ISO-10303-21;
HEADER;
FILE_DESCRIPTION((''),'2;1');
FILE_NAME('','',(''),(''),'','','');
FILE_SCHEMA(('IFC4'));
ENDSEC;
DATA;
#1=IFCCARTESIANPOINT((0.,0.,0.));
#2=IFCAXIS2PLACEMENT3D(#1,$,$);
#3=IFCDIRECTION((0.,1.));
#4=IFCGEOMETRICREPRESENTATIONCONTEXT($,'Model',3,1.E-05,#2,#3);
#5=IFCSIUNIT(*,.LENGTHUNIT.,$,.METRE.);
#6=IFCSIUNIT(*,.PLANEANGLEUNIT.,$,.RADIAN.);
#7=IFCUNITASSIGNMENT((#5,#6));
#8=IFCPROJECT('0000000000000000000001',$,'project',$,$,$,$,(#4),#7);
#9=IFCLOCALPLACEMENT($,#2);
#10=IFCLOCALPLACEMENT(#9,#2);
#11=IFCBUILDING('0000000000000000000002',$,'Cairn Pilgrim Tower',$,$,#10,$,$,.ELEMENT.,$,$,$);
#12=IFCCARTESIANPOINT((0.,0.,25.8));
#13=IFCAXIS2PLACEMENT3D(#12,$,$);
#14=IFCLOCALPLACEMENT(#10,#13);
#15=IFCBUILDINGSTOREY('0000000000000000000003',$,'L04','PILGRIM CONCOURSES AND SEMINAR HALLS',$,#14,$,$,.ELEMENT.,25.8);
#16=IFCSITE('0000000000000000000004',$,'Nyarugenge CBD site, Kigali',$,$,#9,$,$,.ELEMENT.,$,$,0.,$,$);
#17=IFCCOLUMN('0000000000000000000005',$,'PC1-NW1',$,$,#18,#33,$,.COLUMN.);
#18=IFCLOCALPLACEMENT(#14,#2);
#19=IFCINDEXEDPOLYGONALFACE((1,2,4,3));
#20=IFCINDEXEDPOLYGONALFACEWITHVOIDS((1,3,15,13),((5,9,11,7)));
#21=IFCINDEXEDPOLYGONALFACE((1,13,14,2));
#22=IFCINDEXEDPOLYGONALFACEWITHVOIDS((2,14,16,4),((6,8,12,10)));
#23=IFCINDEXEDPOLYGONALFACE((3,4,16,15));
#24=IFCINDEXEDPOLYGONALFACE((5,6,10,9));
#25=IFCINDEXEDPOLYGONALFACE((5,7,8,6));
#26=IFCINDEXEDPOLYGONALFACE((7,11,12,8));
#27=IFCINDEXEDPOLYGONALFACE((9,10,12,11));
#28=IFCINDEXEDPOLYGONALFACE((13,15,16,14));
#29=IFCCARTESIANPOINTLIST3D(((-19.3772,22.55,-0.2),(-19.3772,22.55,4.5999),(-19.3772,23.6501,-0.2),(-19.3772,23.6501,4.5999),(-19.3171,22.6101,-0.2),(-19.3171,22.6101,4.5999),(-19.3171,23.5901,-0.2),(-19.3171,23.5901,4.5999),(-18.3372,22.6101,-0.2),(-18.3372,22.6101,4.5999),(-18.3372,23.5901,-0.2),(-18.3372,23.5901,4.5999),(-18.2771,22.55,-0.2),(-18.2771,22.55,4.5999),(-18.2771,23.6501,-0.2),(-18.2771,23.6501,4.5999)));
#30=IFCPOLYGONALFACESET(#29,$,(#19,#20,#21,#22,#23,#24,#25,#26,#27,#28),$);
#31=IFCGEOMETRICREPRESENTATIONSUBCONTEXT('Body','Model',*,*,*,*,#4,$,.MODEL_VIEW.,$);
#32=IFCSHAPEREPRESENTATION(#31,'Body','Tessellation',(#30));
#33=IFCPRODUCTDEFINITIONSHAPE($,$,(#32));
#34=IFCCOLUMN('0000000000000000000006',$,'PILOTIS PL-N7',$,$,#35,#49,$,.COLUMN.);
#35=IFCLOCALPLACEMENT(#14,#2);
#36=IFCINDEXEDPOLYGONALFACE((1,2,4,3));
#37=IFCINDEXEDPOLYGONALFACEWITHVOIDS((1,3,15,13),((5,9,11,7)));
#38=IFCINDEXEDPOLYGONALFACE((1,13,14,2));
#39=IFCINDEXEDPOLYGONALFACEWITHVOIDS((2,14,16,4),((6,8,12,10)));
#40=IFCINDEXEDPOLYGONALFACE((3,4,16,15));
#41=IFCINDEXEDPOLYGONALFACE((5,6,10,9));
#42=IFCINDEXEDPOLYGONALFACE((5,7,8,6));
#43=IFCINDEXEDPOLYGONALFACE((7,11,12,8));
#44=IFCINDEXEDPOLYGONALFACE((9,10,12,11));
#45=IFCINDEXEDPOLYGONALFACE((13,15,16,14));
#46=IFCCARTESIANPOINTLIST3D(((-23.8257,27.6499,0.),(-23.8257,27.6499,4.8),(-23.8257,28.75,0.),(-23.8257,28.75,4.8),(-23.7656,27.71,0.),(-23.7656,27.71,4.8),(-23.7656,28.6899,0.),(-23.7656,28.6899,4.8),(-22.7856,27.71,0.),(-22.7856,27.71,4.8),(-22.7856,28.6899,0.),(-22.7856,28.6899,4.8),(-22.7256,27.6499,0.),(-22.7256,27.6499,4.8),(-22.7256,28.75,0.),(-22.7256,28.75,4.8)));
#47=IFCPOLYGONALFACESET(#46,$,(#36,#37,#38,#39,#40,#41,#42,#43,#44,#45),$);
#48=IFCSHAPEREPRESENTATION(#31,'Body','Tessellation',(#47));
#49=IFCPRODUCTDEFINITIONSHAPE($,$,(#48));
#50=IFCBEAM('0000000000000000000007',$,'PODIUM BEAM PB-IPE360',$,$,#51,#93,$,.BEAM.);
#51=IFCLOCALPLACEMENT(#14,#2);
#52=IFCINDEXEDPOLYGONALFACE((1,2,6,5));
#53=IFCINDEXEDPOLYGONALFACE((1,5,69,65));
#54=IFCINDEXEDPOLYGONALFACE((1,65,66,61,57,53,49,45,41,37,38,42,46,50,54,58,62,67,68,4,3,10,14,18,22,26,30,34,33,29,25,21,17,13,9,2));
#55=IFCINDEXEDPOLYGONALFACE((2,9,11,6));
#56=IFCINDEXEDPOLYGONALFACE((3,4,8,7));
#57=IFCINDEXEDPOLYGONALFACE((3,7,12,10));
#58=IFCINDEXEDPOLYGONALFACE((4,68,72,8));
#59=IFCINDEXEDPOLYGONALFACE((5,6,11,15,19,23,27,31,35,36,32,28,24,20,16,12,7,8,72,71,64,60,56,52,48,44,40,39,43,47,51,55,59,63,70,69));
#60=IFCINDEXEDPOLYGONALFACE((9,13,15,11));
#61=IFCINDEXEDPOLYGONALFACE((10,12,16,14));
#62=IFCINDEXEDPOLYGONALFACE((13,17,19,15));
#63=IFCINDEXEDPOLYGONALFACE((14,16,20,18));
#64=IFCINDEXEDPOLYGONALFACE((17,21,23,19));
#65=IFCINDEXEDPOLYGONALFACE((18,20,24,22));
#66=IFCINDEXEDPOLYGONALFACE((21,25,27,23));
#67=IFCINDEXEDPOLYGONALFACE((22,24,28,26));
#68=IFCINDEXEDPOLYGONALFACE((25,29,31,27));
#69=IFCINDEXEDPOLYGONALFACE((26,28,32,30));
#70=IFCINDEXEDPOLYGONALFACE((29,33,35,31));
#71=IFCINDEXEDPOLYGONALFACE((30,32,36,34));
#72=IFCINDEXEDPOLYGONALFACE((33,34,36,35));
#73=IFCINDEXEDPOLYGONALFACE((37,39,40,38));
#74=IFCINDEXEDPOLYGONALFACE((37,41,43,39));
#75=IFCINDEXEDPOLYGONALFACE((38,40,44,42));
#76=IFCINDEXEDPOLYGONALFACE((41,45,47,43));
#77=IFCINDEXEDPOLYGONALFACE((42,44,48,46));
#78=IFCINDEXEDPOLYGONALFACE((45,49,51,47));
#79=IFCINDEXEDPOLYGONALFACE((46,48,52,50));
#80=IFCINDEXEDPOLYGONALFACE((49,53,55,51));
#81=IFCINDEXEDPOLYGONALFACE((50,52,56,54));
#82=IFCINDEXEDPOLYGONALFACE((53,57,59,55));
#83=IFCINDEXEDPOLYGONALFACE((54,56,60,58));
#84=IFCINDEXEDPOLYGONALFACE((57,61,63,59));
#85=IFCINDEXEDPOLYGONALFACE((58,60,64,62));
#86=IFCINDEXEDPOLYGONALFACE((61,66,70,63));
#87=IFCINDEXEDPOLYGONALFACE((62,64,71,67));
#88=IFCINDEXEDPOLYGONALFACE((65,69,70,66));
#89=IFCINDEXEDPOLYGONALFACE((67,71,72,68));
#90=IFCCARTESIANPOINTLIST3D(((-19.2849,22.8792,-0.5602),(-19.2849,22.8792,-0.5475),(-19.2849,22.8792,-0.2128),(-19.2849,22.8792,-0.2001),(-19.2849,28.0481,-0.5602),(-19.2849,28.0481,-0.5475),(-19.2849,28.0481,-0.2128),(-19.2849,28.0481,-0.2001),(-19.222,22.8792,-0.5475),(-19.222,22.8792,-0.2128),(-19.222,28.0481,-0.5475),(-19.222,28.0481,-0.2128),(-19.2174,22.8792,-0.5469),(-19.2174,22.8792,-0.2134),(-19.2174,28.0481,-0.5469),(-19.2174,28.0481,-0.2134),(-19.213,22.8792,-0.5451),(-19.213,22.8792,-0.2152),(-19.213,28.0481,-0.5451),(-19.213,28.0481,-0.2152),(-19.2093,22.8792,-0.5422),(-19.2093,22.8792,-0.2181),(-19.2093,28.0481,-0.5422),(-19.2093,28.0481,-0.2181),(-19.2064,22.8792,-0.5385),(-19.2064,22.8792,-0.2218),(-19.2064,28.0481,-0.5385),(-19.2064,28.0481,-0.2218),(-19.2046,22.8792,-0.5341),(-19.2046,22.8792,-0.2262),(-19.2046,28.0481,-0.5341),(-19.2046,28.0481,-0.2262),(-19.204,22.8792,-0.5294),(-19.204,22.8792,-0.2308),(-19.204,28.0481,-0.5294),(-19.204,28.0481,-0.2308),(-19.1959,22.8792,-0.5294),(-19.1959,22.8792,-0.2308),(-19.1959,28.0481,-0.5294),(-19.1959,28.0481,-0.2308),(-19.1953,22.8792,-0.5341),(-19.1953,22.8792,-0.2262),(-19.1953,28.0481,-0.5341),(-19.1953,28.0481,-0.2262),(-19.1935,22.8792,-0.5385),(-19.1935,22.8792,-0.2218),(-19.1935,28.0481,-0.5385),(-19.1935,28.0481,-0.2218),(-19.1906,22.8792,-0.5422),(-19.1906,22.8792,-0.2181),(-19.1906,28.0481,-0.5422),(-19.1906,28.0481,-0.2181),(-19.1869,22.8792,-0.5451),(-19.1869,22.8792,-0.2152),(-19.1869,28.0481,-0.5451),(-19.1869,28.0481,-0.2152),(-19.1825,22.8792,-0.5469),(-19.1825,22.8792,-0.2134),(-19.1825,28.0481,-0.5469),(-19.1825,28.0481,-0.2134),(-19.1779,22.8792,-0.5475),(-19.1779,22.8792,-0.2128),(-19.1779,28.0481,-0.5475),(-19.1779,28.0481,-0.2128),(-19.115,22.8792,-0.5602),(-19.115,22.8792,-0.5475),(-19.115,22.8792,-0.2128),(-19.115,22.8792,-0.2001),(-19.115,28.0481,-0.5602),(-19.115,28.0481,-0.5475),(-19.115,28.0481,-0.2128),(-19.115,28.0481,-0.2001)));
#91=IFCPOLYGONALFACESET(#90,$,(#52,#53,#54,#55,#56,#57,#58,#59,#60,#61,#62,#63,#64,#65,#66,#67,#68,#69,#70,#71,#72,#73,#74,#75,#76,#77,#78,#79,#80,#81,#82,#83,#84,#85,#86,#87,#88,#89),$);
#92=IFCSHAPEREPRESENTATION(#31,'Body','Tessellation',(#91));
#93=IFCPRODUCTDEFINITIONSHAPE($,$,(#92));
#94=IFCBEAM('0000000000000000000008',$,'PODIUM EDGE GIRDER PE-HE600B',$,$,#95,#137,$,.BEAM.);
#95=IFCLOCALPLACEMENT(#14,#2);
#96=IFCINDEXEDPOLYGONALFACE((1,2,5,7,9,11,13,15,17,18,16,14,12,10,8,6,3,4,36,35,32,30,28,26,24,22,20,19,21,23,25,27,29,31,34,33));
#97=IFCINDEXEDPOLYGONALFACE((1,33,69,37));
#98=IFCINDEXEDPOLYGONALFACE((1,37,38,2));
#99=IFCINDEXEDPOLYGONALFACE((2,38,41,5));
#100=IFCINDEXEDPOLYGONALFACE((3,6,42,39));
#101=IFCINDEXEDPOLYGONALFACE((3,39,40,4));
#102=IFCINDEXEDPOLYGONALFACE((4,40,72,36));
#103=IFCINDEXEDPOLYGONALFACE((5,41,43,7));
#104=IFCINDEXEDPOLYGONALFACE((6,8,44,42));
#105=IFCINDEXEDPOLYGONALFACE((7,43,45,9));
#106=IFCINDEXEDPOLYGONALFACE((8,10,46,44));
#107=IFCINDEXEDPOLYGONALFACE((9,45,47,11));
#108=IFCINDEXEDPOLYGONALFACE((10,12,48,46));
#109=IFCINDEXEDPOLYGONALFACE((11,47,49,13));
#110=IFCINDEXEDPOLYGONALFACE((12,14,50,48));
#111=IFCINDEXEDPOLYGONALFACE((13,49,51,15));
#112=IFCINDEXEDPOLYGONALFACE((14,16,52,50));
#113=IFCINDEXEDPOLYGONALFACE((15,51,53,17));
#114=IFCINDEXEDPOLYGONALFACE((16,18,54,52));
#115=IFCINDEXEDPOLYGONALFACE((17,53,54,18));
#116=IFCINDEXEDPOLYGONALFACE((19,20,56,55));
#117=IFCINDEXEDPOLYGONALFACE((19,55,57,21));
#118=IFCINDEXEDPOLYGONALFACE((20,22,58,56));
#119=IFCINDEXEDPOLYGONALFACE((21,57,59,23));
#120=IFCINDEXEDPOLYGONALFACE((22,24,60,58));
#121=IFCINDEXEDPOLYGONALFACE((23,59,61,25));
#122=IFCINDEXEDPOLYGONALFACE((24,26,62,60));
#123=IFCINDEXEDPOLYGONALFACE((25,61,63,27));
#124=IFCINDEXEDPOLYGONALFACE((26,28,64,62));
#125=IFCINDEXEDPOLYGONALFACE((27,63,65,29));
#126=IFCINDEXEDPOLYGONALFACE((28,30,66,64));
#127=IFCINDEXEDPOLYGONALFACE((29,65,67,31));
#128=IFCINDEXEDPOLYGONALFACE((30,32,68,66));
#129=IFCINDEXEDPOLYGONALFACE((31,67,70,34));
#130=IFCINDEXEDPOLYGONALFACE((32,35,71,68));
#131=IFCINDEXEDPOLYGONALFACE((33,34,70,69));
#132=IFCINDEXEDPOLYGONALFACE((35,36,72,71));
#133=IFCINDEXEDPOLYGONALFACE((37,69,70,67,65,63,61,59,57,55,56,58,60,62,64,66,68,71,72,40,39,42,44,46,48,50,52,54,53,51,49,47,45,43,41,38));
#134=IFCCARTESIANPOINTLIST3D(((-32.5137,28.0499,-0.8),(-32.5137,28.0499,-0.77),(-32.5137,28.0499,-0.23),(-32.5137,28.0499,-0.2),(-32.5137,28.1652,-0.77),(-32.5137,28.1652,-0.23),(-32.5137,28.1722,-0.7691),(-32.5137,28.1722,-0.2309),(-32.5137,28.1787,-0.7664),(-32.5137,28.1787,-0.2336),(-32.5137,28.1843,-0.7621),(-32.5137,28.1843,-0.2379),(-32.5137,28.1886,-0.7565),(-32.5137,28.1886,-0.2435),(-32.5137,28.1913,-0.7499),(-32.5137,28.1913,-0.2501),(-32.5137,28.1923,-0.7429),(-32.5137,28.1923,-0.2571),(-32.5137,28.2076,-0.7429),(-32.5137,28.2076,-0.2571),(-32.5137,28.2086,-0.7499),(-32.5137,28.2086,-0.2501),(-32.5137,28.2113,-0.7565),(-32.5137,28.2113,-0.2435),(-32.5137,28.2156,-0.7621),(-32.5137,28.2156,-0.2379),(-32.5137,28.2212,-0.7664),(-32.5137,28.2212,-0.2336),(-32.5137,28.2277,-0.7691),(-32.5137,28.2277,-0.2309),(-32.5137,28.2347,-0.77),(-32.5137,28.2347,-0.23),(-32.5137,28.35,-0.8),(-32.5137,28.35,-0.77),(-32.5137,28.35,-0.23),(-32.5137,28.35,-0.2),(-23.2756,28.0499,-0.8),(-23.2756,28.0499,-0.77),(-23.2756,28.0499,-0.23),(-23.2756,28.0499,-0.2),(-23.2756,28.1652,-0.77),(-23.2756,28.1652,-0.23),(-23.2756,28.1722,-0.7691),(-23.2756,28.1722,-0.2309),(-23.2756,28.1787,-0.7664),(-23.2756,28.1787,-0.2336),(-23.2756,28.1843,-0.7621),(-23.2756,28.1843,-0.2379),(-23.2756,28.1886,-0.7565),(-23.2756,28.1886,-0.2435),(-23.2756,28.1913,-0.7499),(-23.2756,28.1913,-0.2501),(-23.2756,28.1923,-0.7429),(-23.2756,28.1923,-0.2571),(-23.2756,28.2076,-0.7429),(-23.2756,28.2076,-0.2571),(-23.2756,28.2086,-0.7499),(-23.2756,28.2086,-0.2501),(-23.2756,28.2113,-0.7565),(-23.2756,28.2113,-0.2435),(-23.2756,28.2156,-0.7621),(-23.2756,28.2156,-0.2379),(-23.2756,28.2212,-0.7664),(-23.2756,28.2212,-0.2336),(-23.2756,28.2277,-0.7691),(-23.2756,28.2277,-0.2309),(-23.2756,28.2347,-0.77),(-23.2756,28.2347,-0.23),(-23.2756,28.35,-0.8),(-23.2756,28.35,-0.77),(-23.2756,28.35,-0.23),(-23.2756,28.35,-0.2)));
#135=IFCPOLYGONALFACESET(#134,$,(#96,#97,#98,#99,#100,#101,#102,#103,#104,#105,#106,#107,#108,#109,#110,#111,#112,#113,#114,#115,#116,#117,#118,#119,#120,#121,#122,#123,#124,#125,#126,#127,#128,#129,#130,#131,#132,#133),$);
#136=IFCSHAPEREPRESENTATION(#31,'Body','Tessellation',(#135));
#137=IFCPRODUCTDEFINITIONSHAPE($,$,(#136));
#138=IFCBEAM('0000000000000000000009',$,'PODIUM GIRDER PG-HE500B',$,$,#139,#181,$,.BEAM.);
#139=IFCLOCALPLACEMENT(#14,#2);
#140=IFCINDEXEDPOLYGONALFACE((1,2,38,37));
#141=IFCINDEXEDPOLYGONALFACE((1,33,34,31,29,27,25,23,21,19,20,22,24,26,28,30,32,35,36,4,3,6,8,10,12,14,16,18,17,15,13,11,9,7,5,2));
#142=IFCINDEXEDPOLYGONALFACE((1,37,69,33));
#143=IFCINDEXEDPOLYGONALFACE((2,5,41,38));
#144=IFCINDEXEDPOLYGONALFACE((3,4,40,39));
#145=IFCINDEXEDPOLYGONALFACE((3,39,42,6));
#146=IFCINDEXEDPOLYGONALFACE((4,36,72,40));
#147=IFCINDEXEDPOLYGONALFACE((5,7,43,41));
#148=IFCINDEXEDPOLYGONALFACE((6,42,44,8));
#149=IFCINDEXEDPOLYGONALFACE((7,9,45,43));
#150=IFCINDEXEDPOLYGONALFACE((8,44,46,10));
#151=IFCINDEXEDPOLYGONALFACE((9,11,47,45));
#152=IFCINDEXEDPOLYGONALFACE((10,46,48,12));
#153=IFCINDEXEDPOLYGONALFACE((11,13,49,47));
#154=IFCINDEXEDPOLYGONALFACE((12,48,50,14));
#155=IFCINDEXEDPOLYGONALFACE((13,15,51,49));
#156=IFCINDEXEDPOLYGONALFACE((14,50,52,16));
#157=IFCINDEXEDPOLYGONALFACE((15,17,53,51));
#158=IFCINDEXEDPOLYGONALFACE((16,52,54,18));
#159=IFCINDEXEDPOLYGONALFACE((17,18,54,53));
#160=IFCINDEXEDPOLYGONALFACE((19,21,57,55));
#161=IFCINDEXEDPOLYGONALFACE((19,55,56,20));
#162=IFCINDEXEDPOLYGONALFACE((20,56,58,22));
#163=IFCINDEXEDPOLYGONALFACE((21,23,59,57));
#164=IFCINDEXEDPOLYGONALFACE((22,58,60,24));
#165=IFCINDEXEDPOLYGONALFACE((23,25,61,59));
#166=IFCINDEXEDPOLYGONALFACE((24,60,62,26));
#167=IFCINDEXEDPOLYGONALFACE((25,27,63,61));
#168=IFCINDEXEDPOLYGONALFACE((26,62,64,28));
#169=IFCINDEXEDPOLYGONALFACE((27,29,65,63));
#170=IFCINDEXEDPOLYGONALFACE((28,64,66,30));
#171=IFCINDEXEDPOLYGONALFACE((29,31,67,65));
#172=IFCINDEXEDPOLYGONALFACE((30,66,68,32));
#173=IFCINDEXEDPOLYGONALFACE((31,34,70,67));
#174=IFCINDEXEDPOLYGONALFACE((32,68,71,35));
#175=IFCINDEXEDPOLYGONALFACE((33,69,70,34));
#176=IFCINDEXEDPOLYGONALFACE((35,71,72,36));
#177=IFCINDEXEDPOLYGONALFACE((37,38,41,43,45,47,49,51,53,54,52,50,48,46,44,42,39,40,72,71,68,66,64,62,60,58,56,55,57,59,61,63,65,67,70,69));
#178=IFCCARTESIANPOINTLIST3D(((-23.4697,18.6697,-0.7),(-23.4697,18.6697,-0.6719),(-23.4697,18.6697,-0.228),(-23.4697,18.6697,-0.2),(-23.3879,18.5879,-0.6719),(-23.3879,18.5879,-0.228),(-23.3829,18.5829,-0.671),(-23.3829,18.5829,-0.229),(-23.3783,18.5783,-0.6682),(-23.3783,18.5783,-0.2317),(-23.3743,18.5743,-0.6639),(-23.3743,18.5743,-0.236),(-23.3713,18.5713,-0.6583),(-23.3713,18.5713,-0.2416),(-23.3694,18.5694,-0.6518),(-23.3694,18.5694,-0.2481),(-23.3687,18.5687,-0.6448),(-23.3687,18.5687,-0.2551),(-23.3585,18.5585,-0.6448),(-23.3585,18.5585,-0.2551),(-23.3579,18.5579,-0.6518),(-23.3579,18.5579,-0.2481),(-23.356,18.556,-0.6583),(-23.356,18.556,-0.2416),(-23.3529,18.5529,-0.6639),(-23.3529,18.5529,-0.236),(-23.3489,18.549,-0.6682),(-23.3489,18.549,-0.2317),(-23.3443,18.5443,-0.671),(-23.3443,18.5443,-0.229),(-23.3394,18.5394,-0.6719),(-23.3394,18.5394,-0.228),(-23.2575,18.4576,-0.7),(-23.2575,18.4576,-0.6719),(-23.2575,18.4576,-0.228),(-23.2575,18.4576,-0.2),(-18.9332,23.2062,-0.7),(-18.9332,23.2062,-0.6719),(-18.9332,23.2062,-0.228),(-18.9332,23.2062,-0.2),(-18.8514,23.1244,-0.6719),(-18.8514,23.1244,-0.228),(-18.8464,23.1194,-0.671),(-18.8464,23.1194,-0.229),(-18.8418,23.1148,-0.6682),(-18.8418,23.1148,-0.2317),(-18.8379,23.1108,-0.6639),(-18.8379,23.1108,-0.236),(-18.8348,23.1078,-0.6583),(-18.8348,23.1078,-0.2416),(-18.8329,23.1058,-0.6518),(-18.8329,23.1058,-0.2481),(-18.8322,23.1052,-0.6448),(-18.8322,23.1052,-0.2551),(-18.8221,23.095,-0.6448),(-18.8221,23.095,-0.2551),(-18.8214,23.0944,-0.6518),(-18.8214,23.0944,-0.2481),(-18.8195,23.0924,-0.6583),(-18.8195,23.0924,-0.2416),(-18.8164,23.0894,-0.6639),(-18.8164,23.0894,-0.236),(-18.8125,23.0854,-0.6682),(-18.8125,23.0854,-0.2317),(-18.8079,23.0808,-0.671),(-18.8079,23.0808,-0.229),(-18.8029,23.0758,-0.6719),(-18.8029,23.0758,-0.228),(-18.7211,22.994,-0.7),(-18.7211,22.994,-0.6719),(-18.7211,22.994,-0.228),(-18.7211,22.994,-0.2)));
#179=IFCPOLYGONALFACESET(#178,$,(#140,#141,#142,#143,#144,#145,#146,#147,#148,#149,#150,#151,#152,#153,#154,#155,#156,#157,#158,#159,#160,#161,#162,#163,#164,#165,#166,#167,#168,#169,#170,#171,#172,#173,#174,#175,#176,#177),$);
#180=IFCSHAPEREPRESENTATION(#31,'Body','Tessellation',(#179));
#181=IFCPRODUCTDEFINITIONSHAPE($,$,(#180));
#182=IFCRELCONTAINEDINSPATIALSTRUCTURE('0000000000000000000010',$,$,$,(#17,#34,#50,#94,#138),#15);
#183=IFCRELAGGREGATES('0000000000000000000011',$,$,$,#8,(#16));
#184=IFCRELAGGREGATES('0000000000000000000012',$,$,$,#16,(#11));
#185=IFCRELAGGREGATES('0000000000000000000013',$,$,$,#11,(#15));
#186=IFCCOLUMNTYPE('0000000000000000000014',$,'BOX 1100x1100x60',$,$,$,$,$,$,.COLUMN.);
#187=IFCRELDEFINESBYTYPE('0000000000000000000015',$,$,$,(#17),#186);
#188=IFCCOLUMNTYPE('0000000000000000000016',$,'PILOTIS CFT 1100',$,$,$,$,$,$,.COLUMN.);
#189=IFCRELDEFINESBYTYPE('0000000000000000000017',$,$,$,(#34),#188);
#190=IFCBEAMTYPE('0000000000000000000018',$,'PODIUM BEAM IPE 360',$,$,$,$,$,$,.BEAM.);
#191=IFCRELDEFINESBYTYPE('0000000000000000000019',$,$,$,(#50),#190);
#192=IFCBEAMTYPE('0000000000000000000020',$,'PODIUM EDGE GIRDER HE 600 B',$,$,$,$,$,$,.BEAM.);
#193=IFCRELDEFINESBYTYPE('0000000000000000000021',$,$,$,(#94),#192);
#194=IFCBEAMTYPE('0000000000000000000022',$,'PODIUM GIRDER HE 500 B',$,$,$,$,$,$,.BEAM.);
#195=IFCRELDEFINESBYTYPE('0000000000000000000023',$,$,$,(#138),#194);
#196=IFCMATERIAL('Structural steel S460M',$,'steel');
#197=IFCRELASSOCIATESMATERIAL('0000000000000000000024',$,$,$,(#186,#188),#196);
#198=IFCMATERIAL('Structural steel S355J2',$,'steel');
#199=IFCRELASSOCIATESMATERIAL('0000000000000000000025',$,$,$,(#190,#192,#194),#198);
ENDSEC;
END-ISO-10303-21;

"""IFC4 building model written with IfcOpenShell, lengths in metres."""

from ifc_helpers import new_model, si_unit, direction, frame, origin, origin_2d, place, context, subcontext, project, spatial, hollow_rectangle, i_section, extrude, material, material_profile, profile_set, type_object, element, save


model = new_model("IFC4")

# Units and contexts
model_context = context("Model", 3, precision=1e-05, world=origin(), true_north=direction((0.0, 1.0)))
body_context = subcontext(model_context, "Body", "Model", "MODEL_VIEW")
ifc_project = project(units=[si_unit("LENGTHUNIT", "METRE"), si_unit("PLANEANGLEUNIT", "RADIAN")], contexts=[model_context])

# Site, building, storey
site_placement = place(None, origin())
site = spatial("IfcSite", under=ifc_project, at=site_placement, Name="Nyarugenge CBD site, Kigali", CompositionType="ELEMENT", RefElevation=0.0)
building_placement = place(site_placement, origin())
building = spatial("IfcBuilding", under=site, at=building_placement, Name="Cairn Pilgrim Tower", CompositionType="ELEMENT")
storey_placement = place(building_placement, frame((0.0, 0.0, 25.8)))
storey = spatial("IfcBuildingStorey", under=building, at=storey_placement, Name="L04", Description="PILGRIM CONCOURSES AND SEMINAR HALLS", CompositionType="ELEMENT", Elevation=25.8)

# Columns
ifc_material_1 = material(Name="Structural steel S460M", Category="steel")
ifc_material_profile_1 = material_profile(ifc_material_1, hollow_rectangle(XDim=1.1001, YDim=1.1001, WallThickness=0.0601, at=origin_2d()), Name="BOX 1100x1100x60")
ifc_profile_set_1 = profile_set([ifc_material_profile_1], Name="Structural steel S460M")
column_type_1 = type_object("IfcColumnType", Name="BOX 1100x1100x60", PredefinedType="COLUMN", material=ifc_profile_set_1)
column_1_placement = place(storey_placement, frame((-18.8271, 23.1001, -0.2), z_axis=(0.0, 0.0, 1.0), x_axis=(1.0, 0.0, 0.0)))
element("IfcColumn", 1, at=column_1_placement, inside=storey, type_object=column_type_1, Name="PC1-NW1", PredefinedType="COLUMN", context=body_context, shape_type="SweptSolid", body=[
    extrude(hollow_rectangle(XDim=1.1001, YDim=1.1001, WallThickness=0.0601, at=origin_2d()), origin(), (0.0, 0.0, 1.0), 4.7998),
])
ifc_material_profile_2 = material_profile(ifc_material_1, hollow_rectangle(XDim=1.1001, YDim=1.1001, WallThickness=0.0601, at=origin_2d()), Name="BOX 1100x1100x60")
ifc_profile_set_2 = profile_set([ifc_material_profile_2], Name="Structural steel S460M")
column_type_2 = type_object("IfcColumnType", Name="PILOTIS CFT 1100", PredefinedType="COLUMN", material=ifc_profile_set_2)
column_2_placement = place(storey_placement, frame((-23.2756, 28.2, 0.0), z_axis=(0.0, 0.0, 1.0), x_axis=(1.0, 0.0, 0.0)))
element("IfcColumn", 2, at=column_2_placement, inside=storey, type_object=column_type_2, Name="PILOTIS PL-N7", PredefinedType="COLUMN", context=body_context, shape_type="SweptSolid", body=[
    extrude(hollow_rectangle(XDim=1.1001, YDim=1.1001, WallThickness=0.0601, at=origin_2d()), origin(), (0.0, 0.0, 1.0), 4.8),
])

# Beams
ifc_material_2 = material(Name="Structural steel S355J2", Category="steel")
ifc_material_profile_3 = material_profile(ifc_material_2, i_section(OverallWidth=0.1699, OverallDepth=0.3601, WebThickness=0.0081, FlangeThickness=0.0127, FilletRadius=0.0181, at=origin_2d()), Name="IPE 360")
ifc_profile_set_3 = profile_set([ifc_material_profile_3], Name="Structural steel S355J2")
beam_type_1 = type_object("IfcBeamType", Name="PODIUM BEAM IPE 360", PredefinedType="BEAM", material=ifc_profile_set_3)
beam_1_placement = place(storey_placement, frame((-19.2, 22.8792, -0.3801), z_axis=(0.0, 1.0, 0.0), x_axis=(-1.0, 0.0, 0.0)))
element("IfcBeam", 3, at=beam_1_placement, inside=storey, type_object=beam_type_1, Name="PODIUM BEAM PB-IPE360", PredefinedType="BEAM", context=body_context, shape_type="SweptSolid", body=[
    extrude(i_section(OverallWidth=0.1699, OverallDepth=0.3601, WebThickness=0.0081, FlangeThickness=0.0127, FilletRadius=0.0181, at=origin_2d()), origin(), (0.0, 0.0, 1.0), 5.1689),
])
ifc_material_profile_4 = material_profile(ifc_material_2, i_section(OverallWidth=0.3, OverallDepth=0.6001, WebThickness=0.0154, FlangeThickness=0.03, FilletRadius=0.0271, at=origin_2d()), Name="HEB 600")
ifc_profile_set_4 = profile_set([ifc_material_profile_4], Name="Structural steel S355J2")
beam_type_2 = type_object("IfcBeamType", Name="PODIUM EDGE GIRDER HE 600 B", PredefinedType="BEAM", material=ifc_profile_set_4)
beam_2_placement = place(storey_placement, frame((-23.2756, 28.2, -0.5), z_axis=(-1.0, 0.0, 0.0), x_axis=(0.0, -1.0, 0.0)))
element("IfcBeam", 4, at=beam_2_placement, inside=storey, type_object=beam_type_2, Name="PODIUM EDGE GIRDER PE-HE600B", PredefinedType="BEAM", context=body_context, shape_type="SweptSolid", body=[
    extrude(i_section(OverallWidth=0.3, OverallDepth=0.6001, WebThickness=0.0154, FlangeThickness=0.03, FilletRadius=0.0271, at=origin_2d()), origin(), (0.0, 0.0, 1.0), 9.238),
])
ifc_material_profile_5 = material_profile(ifc_material_2, i_section(OverallWidth=0.3, OverallDepth=0.5, WebThickness=0.0144, FlangeThickness=0.0281, FilletRadius=0.0271, at=origin_2d()), Name="HEB 500")
ifc_profile_set_5 = profile_set([ifc_material_profile_5], Name="Structural steel S355J2")
beam_type_3 = type_object("IfcBeamType", Name="PODIUM GIRDER HE 500 B", PredefinedType="BEAM", material=ifc_profile_set_5)
beam_3_placement = place(storey_placement, frame((-18.8271, 23.1001, -0.45), z_axis=(-0.707107, -0.707107, 0.0), x_axis=(0.707107, -0.707107, 0.0)))
element("IfcBeam", 5, at=beam_3_placement, inside=storey, type_object=beam_type_3, Name="PODIUM GIRDER PG-HE500B", PredefinedType="BEAM", context=body_context, shape_type="SweptSolid", body=[
    extrude(i_section(OverallWidth=0.3, OverallDepth=0.5, WebThickness=0.0144, FlangeThickness=0.0281, FilletRadius=0.0271, at=origin_2d()), origin(), (0.0, 0.0, 1.0), 6.4155),
])

save(model, "model.ifc")
